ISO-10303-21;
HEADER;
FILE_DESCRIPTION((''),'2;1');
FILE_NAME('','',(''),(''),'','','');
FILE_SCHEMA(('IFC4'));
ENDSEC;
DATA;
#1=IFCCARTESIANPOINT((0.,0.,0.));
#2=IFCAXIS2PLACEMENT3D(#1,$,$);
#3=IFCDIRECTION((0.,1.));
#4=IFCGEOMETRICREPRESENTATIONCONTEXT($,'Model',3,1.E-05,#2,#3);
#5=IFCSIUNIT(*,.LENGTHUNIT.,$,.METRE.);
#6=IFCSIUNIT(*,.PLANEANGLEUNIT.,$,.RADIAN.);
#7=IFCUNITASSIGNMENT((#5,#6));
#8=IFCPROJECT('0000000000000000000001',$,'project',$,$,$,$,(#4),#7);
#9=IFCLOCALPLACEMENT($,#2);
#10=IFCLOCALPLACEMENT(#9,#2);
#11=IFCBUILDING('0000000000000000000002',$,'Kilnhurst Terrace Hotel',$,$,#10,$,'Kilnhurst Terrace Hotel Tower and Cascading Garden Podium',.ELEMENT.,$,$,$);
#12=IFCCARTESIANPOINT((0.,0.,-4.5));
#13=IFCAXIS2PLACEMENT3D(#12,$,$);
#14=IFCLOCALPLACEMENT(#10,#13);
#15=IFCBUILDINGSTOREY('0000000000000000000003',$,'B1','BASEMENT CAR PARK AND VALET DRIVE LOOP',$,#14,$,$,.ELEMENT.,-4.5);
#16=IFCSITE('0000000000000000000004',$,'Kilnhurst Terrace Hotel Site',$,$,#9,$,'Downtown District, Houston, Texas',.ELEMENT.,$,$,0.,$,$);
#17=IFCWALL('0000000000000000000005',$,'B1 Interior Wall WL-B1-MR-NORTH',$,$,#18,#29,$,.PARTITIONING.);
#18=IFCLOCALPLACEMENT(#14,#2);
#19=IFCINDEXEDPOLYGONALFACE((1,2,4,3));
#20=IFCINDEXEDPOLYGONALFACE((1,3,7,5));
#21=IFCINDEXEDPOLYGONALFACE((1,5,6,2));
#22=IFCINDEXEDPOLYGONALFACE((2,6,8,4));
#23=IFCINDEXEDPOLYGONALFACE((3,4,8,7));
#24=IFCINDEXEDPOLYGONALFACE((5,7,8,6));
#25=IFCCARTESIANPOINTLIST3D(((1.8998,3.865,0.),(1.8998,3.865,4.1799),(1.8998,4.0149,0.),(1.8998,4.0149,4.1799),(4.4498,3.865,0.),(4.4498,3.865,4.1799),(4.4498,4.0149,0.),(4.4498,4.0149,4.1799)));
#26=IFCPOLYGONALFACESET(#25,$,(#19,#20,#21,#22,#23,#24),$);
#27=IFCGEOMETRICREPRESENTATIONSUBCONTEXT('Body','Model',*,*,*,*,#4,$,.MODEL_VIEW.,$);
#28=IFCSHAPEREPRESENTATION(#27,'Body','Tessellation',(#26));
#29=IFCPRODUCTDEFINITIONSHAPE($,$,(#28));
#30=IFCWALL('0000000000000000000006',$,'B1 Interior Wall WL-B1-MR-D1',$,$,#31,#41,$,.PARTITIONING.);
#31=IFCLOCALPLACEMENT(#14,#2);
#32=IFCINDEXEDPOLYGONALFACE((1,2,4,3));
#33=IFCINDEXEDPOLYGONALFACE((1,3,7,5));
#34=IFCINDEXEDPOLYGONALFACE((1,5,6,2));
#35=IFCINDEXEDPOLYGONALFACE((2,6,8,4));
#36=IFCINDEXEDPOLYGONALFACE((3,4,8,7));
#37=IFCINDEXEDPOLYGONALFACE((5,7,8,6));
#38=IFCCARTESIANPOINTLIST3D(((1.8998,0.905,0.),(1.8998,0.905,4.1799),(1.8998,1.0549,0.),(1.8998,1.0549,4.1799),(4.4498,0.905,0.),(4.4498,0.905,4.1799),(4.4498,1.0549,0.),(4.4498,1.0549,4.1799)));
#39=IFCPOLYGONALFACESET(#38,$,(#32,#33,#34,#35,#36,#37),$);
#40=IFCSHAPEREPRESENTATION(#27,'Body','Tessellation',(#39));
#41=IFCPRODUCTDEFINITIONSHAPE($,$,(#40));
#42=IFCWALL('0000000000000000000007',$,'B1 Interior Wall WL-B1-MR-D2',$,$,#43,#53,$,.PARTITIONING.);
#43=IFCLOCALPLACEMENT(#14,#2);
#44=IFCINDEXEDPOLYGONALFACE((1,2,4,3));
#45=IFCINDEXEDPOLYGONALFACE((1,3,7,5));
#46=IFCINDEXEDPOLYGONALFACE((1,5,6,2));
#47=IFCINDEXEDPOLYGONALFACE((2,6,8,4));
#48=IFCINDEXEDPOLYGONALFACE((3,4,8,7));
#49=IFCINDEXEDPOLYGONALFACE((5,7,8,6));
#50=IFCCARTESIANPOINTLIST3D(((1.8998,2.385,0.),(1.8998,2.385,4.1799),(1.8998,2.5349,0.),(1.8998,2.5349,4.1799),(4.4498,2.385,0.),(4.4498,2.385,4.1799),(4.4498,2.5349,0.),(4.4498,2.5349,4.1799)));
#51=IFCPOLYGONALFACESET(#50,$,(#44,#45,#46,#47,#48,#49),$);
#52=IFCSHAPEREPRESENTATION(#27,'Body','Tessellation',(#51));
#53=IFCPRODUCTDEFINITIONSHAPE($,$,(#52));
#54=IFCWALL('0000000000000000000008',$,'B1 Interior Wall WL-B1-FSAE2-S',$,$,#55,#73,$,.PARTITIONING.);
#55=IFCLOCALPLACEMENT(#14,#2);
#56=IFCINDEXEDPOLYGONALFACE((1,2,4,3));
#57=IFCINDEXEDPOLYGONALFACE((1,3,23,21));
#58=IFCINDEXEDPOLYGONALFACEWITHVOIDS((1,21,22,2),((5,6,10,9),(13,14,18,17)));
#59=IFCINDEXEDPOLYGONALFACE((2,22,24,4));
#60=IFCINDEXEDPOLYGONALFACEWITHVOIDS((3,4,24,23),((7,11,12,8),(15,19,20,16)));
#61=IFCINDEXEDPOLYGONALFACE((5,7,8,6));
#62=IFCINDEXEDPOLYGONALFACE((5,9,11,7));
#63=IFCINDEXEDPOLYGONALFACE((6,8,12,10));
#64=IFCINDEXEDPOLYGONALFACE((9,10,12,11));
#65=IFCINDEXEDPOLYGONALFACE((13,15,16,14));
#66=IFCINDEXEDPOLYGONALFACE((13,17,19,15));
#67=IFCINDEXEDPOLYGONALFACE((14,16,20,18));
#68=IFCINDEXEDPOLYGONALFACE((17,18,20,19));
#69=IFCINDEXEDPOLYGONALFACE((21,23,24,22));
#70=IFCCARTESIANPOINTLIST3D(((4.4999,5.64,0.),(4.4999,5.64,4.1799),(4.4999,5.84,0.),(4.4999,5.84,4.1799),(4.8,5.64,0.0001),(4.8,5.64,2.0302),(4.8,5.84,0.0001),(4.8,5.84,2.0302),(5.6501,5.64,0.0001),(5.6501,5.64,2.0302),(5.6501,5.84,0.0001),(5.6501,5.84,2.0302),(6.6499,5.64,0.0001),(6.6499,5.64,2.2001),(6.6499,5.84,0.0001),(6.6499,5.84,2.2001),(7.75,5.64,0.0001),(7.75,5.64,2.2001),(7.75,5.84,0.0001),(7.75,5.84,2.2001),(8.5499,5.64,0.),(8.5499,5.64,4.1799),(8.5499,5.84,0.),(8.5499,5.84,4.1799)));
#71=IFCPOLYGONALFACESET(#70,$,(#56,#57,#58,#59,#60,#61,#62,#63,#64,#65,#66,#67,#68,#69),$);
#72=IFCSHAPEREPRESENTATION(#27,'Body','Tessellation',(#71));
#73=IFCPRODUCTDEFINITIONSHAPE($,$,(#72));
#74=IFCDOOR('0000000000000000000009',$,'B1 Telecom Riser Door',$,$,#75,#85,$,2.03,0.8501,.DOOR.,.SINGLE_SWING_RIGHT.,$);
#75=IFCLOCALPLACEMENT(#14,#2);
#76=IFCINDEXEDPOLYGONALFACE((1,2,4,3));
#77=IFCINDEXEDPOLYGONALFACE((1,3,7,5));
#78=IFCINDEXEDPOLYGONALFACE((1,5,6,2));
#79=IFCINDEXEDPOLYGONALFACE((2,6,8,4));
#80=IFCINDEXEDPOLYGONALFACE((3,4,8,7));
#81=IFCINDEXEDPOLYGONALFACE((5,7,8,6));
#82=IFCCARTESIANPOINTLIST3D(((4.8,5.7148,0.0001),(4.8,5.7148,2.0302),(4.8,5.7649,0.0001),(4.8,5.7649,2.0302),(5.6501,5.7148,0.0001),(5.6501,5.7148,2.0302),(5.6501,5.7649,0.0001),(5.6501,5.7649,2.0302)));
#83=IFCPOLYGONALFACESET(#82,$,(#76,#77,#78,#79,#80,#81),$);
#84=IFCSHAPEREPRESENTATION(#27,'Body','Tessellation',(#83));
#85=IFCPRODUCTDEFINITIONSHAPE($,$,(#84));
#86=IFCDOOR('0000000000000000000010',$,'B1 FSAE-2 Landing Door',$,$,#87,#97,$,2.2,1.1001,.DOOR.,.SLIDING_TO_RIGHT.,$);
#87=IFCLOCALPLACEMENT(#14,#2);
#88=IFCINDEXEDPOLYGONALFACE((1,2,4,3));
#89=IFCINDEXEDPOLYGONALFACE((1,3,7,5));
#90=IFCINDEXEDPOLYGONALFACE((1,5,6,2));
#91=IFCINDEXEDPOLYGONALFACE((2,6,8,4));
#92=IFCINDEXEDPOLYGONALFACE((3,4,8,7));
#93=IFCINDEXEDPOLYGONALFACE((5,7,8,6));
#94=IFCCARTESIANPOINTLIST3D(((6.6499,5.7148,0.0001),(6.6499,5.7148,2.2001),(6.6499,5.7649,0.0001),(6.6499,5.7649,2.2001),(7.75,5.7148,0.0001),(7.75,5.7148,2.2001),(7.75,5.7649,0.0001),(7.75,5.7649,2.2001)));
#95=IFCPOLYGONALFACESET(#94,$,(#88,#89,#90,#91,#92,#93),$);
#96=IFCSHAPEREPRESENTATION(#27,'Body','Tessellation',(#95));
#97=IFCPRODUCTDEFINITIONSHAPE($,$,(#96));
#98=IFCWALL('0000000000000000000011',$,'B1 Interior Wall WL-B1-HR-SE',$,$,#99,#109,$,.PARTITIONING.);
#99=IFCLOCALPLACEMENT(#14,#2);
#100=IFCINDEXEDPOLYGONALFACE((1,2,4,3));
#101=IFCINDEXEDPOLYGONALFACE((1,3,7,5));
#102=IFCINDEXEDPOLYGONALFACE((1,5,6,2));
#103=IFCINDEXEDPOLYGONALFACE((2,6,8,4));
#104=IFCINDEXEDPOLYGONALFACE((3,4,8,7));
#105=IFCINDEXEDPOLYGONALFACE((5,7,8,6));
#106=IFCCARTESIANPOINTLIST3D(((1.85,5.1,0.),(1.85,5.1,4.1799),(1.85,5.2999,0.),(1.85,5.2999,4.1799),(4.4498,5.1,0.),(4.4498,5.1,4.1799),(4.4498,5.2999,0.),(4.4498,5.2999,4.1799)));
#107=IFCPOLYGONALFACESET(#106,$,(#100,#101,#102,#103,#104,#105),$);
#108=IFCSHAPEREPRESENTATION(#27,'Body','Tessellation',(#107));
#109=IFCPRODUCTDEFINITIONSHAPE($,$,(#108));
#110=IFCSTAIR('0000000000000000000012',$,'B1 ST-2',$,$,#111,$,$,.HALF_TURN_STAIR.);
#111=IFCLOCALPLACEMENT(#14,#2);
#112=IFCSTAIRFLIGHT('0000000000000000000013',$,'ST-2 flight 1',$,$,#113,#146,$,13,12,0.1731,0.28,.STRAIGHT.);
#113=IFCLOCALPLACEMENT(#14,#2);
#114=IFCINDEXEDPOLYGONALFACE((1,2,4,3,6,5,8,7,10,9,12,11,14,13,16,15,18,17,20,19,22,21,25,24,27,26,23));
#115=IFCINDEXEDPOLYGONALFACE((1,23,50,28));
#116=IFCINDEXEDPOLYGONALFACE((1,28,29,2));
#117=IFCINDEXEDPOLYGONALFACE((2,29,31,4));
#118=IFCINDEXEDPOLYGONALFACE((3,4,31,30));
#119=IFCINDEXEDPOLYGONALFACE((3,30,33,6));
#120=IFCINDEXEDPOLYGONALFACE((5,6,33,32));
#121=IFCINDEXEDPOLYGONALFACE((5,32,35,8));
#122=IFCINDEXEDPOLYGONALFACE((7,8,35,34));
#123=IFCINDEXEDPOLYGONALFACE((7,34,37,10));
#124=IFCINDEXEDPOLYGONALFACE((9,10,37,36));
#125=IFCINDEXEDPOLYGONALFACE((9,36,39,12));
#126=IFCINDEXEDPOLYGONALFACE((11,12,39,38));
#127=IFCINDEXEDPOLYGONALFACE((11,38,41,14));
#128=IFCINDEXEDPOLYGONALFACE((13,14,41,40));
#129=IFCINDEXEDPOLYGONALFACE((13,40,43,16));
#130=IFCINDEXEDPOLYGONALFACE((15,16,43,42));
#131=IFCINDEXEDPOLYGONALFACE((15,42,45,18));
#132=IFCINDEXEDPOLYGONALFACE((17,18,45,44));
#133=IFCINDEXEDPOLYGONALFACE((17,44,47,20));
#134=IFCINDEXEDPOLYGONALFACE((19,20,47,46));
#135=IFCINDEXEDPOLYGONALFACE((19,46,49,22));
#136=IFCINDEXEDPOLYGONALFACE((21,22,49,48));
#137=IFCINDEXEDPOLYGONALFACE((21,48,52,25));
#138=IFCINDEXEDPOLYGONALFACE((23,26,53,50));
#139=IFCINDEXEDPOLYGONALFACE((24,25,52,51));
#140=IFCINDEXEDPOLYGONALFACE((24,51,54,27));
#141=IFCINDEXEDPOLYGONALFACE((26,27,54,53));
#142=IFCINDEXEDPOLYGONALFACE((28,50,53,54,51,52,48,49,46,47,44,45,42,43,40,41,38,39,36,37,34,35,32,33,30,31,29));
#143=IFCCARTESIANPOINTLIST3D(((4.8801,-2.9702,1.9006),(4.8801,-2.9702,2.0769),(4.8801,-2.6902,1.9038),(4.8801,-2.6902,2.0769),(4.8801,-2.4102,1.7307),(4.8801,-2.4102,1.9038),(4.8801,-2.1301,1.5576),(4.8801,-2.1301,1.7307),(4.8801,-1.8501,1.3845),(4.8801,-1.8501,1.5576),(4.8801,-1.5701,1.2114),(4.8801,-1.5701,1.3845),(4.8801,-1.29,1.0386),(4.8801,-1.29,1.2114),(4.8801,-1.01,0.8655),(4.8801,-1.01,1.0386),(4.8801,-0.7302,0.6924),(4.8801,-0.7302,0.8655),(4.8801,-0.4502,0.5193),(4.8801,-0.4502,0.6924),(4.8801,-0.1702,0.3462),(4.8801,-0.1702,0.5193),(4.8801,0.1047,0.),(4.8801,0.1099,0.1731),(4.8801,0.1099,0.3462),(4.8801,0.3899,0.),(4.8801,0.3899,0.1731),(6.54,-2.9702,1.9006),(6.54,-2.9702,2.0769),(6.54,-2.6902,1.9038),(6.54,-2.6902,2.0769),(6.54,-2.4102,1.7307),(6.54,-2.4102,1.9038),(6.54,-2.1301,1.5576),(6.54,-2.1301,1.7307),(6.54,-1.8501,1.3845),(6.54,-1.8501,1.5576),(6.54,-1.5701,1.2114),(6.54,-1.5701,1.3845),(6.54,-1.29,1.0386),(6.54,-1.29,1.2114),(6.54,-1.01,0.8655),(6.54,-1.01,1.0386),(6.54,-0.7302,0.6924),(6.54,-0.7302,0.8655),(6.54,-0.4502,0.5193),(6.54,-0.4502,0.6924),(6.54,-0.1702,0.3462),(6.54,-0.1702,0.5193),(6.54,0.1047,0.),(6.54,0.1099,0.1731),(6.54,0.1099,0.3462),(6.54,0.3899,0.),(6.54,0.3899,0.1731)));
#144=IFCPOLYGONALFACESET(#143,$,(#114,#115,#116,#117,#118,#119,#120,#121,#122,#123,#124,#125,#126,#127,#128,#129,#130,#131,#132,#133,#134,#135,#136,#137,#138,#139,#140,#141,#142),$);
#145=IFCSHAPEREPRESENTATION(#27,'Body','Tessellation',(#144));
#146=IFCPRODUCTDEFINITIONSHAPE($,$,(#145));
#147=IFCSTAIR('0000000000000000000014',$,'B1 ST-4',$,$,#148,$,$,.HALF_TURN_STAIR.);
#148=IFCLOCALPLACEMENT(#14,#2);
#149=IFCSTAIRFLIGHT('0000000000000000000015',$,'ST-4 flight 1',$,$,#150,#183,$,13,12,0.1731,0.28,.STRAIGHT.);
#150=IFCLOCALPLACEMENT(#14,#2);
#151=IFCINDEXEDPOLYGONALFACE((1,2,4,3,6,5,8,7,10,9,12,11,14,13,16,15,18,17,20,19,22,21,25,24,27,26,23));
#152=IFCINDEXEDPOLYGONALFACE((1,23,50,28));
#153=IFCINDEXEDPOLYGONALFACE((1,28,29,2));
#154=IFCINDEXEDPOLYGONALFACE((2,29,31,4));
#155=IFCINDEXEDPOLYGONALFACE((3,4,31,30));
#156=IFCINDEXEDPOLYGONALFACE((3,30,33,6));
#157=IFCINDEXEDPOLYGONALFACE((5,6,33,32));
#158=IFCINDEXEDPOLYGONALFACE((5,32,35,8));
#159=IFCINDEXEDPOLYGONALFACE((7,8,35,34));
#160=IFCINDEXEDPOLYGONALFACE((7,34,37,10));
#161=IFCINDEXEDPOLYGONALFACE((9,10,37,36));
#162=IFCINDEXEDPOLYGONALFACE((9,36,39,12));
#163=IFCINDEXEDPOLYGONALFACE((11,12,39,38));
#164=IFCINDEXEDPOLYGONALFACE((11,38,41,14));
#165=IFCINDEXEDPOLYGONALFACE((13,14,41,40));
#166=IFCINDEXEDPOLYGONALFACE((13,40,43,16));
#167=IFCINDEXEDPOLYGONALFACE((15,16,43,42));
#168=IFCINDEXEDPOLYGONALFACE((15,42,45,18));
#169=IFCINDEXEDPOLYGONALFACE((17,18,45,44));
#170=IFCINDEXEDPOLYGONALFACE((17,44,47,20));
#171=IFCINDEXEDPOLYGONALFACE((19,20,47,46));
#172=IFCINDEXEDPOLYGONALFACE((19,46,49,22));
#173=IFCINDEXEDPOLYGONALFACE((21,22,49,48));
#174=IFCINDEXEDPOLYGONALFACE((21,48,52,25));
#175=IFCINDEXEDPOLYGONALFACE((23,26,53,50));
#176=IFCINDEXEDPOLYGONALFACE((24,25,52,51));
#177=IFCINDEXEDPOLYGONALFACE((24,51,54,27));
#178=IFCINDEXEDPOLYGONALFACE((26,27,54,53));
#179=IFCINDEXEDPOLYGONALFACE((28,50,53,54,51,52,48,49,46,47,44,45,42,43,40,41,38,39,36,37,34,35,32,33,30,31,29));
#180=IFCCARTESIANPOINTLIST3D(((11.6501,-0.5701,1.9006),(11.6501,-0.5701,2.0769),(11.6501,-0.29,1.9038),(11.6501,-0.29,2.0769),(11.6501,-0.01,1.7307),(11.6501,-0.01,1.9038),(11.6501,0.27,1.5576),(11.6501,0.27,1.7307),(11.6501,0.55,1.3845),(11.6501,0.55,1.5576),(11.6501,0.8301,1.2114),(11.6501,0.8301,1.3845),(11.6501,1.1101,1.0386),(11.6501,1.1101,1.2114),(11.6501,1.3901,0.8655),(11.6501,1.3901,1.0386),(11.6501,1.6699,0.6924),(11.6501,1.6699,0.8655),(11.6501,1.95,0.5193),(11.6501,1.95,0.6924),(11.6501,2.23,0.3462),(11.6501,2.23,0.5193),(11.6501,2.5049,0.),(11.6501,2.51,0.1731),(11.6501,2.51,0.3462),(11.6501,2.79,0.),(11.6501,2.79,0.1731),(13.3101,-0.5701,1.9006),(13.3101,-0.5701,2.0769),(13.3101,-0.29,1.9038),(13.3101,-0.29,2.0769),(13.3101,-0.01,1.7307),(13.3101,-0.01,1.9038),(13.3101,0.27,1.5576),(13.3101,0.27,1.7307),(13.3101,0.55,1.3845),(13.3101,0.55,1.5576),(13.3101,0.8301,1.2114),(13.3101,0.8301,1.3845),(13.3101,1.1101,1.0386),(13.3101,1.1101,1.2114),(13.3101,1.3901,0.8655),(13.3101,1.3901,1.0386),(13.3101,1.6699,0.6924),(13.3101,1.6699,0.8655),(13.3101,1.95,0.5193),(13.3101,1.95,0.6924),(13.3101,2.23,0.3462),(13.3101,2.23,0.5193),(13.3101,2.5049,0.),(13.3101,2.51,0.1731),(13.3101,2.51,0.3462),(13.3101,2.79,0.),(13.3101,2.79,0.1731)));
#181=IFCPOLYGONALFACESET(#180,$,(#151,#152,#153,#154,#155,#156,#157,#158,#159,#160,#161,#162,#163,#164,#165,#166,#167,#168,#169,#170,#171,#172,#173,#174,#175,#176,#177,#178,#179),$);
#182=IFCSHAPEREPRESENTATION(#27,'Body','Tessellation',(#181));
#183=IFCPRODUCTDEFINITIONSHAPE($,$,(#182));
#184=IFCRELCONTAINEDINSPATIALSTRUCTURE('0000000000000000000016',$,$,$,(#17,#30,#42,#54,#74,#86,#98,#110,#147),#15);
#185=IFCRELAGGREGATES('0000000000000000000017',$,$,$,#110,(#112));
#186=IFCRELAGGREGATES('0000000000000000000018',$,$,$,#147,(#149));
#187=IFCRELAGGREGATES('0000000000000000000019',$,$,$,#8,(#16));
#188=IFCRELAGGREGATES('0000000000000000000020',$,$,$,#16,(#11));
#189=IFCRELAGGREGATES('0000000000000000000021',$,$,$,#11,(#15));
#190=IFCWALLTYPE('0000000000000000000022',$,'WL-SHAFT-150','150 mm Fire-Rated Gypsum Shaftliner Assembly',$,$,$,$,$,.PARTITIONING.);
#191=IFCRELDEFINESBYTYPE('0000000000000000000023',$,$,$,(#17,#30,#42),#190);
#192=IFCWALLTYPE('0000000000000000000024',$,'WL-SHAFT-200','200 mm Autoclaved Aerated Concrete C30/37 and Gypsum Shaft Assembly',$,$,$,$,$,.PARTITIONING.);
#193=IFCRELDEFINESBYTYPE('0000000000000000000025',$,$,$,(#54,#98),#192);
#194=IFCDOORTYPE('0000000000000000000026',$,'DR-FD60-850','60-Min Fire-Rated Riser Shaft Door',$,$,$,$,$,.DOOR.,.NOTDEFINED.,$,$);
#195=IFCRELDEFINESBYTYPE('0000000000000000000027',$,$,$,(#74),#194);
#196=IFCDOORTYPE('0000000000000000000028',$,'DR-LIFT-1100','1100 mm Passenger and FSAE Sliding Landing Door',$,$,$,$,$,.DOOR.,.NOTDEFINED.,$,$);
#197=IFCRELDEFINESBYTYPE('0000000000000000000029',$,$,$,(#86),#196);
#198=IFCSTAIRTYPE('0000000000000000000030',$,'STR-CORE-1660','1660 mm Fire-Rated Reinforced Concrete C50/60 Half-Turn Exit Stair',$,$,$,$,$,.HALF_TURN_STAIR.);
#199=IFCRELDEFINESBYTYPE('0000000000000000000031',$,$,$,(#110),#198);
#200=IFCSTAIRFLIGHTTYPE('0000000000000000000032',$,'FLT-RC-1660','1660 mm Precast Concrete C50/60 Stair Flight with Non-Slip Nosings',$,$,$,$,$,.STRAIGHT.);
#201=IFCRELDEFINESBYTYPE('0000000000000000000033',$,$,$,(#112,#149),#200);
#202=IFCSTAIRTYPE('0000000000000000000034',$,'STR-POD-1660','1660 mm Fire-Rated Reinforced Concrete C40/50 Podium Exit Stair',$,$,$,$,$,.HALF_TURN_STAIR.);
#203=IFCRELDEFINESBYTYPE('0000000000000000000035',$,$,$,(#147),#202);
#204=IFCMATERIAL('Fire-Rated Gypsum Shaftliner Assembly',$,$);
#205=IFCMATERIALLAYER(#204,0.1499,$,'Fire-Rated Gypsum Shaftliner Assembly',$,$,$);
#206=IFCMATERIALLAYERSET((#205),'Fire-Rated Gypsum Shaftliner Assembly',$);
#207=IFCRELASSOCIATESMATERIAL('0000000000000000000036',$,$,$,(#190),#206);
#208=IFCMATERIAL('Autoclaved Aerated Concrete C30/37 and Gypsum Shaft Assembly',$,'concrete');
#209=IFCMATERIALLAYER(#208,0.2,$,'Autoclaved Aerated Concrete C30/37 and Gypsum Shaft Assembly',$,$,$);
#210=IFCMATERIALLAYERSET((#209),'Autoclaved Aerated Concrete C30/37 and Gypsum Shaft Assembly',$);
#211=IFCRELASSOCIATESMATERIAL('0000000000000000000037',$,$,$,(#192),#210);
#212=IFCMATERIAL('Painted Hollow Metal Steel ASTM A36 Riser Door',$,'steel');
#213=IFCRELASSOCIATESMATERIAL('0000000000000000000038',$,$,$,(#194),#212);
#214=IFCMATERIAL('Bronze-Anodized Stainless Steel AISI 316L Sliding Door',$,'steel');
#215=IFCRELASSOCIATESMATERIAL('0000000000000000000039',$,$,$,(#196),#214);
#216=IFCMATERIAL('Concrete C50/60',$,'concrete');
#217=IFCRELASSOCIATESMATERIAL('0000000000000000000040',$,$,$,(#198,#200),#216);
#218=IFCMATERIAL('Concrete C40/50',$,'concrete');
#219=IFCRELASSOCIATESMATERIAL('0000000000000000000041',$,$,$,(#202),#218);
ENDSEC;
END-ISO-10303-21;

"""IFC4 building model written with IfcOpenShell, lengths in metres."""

from ifc_helpers import new_model, si_unit, direction, frame, frame_2d, origin, place, context, subcontext, project, spatial, polyline, rectangle, outline, extrude, material, layer, layer_set, type_object, element, fill, aggregate, save


model = new_model("IFC4")

# Units and contexts
model_context = context("Model", 3, precision=1e-05, world=origin(), true_north=direction((0.0, 1.0)))
body_context = subcontext(model_context, "Body", "Model", "MODEL_VIEW")
ifc_project = project(units=[si_unit("LENGTHUNIT", "METRE"), si_unit("PLANEANGLEUNIT", "RADIAN")], contexts=[model_context])

# Site, building, storey
site_placement = place(None, origin())
site = spatial("IfcSite", under=ifc_project, at=site_placement, Name="Kilnhurst Terrace Hotel Site", LongName="Downtown District, Houston, Texas", CompositionType="ELEMENT", RefElevation=0.0)
building_placement = place(site_placement, origin())
building = spatial("IfcBuilding", under=site, at=building_placement, Name="Kilnhurst Terrace Hotel", LongName="Kilnhurst Terrace Hotel Tower and Cascading Garden Podium", CompositionType="ELEMENT")
storey_placement = place(building_placement, frame((0.0, 0.0, -4.5)))
storey = spatial("IfcBuildingStorey", under=building, at=storey_placement, Name="B1", Description="BASEMENT CAR PARK AND VALET DRIVE LOOP", CompositionType="ELEMENT", Elevation=-4.5)

# Shared definitions
ifc_material_1 = material(Name="Concrete C50/60", Category="concrete")

# Walls
ifc_material_2 = material(Name="Fire-Rated Gypsum Shaftliner Assembly")
ifc_layer_1 = layer(ifc_material_2, 0.1499, Name="Fire-Rated Gypsum Shaftliner Assembly")
ifc_layer_set_1 = layer_set([ifc_layer_1], Name="Fire-Rated Gypsum Shaftliner Assembly")
wall_type_1 = type_object("IfcWallType", Name="WL-SHAFT-150", Description="150 mm Fire-Rated Gypsum Shaftliner Assembly", PredefinedType="PARTITIONING", material=ifc_layer_set_1)
for number, where, z_axis, x_axis, name in (
    (1, (1.8999, 3.9399, 0.0), (0.0, 0.0, 1.0), (1.0, 0.0, 0.0), "B1 Interior Wall WL-B1-MR-NORTH"),
    (2, (1.8999, 0.98, 0.0), (0.0, 0.0, 1.0), (1.0, 0.0, 0.0), "B1 Interior Wall WL-B1-MR-D1"),
    (3, (1.8999, 2.46, 0.0), (0.0, 0.0, 1.0), (1.0, 0.0, 0.0), "B1 Interior Wall WL-B1-MR-D2"),
):
    element("IfcWall", number, at=place(storey_placement, frame(where, z_axis=z_axis, x_axis=x_axis)), inside=storey, type_object=wall_type_1, Name=name, PredefinedType="PARTITIONING", context=body_context, shape_type="SweptSolid", body=[
        extrude(rectangle(XDim=2.55, YDim=0.1499, at=frame_2d((1.2749, 0.0))), origin(), (0.0, 0.0, 1.0), 4.1799),
    ])

# Wall, openings, doors
ifc_material_3 = material(Name="Autoclaved Aerated Concrete C30/37 and Gypsum Shaft Assembly", Category="concrete")
ifc_layer_2 = layer(ifc_material_3, 0.2, Name="Autoclaved Aerated Concrete C30/37 and Gypsum Shaft Assembly")
ifc_layer_set_2 = layer_set([ifc_layer_2], Name="Autoclaved Aerated Concrete C30/37 and Gypsum Shaft Assembly")
wall_type_2 = type_object("IfcWallType", Name="WL-SHAFT-200", Description="200 mm Autoclaved Aerated Concrete C30/37 and Gypsum Shaft Assembly", PredefinedType="PARTITIONING", material=ifc_layer_set_2)
wall_1_placement = place(storey_placement, frame((4.5, 5.74, 0.0), z_axis=(0.0, 0.0, 1.0), x_axis=(1.0, 0.0, 0.0)))
wall_1 = element("IfcWall", 4, at=wall_1_placement, inside=storey, type_object=wall_type_2, Name="B1 Interior Wall WL-B1-FSAE2-S", PredefinedType="PARTITIONING", context=body_context, shape_type="SweptSolid", body=[
    extrude(rectangle(XDim=4.05, YDim=0.2, at=frame_2d((2.0249, 0.0))), origin(), (0.0, 0.0, 1.0), 4.1799),
])
opening_1_placement = place(wall_1_placement, frame((0.3, 0.0, 0.0)))
opening_1 = element("IfcOpeningElement", 5, at=opening_1_placement, cuts=wall_1, PredefinedType="OPENING", context=body_context, shape_type="SweptSolid", body=[
    extrude(rectangle(XDim=0.8501, YDim=2.03, at=frame_2d((0.425, 1.0151))), frame((0.0, 0.1099, 0.0), z_axis=(0.0, -1.0, 0.0), x_axis=(1.0, 0.0, 0.0)), (0.0, 0.0, 1.0), 0.22),
])
opening_2_placement = place(wall_1_placement, frame((2.1499, 0.0, 0.0)))
opening_2 = element("IfcOpeningElement", 6, at=opening_2_placement, cuts=wall_1, PredefinedType="OPENING", context=body_context, shape_type="SweptSolid", body=[
    extrude(rectangle(XDim=1.1001, YDim=2.2, at=frame_2d((0.55, 1.1001))), frame((0.0, 0.1099, 0.0), z_axis=(0.0, -1.0, 0.0), x_axis=(1.0, 0.0, 0.0)), (0.0, 0.0, 1.0), 0.22),
])
ifc_material_4 = material(Name="Painted Hollow Metal Steel ASTM A36 Riser Door", Category="steel")
door_type_1 = type_object("IfcDoorType", Name="DR-FD60-850", Description="60-Min Fire-Rated Riser Shaft Door", OperationType="NOTDEFINED", PredefinedType="DOOR", material=ifc_material_4)
door_1_placement = place(opening_1_placement, origin())
door_1 = element("IfcDoor", 7, at=door_1_placement, inside=storey, type_object=door_type_1, Name="B1 Telecom Riser Door", OperationType="SINGLE_SWING_RIGHT", OverallHeight=2.03, OverallWidth=0.8501, PredefinedType="DOOR", context=body_context, shape_type="SweptSolid", body=[
    extrude(rectangle(XDim=0.8501, YDim=2.03, at=frame_2d((0.425, 1.0151))), frame((0.0, 0.0249, 0.0), z_axis=(0.0, -1.0, 0.0), x_axis=(1.0, 0.0, 0.0)), (0.0, 0.0, 1.0), 0.05),
])
fill(opening_1, door_1)
ifc_material_5 = material(Name="Bronze-Anodized Stainless Steel AISI 316L Sliding Door", Category="steel")
door_type_2 = type_object("IfcDoorType", Name="DR-LIFT-1100", Description="1100 mm Passenger and FSAE Sliding Landing Door", OperationType="NOTDEFINED", PredefinedType="DOOR", material=ifc_material_5)
door_2_placement = place(opening_2_placement, origin())
door_2 = element("IfcDoor", 8, at=door_2_placement, inside=storey, type_object=door_type_2, Name="B1 FSAE-2 Landing Door", OperationType="SLIDING_TO_RIGHT", OverallHeight=2.2, OverallWidth=1.1001, PredefinedType="DOOR", context=body_context, shape_type="SweptSolid", body=[
    extrude(rectangle(XDim=1.1001, YDim=2.2, at=frame_2d((0.55, 1.1001))), frame((0.0, 0.0249, 0.0), z_axis=(0.0, -1.0, 0.0), x_axis=(1.0, 0.0, 0.0)), (0.0, 0.0, 1.0), 0.05),
])
fill(opening_2, door_2)

# Wall
wall_2_placement = place(storey_placement, frame((1.8501, 5.2, 0.0), z_axis=(0.0, 0.0, 1.0), x_axis=(1.0, 0.0, 0.0)))
element("IfcWall", 9, at=wall_2_placement, inside=storey, type_object=wall_type_2, Name="B1 Interior Wall WL-B1-HR-SE", PredefinedType="PARTITIONING", context=body_context, shape_type="SweptSolid", body=[
    extrude(rectangle(XDim=2.5999, YDim=0.2, at=frame_2d((1.2998, 0.0))), origin(), (0.0, 0.0, 1.0), 4.1799),
])

# Stairs, stair flights
stair_type_1 = type_object("IfcStairType", Name="STR-CORE-1660", Description="1660 mm Fire-Rated Reinforced Concrete C50/60 Half-Turn Exit Stair", PredefinedType="HALF_TURN_STAIR", material=ifc_material_1)
stair_1_placement = place(storey_placement, origin())
stair_1 = element("IfcStair", 10, at=stair_1_placement, inside=storey, type_object=stair_type_1, Name="B1 ST-2", PredefinedType="HALF_TURN_STAIR")
stair_flight_type = type_object("IfcStairFlightType", Name="FLT-RC-1660", Description="1660 mm Precast Concrete C50/60 Stair Flight with Non-Slip Nosings", PredefinedType="STRAIGHT", material=ifc_material_1)
stair_flight_1_placement = place(storey_placement, frame((5.71, 0.3899, 0.0), z_axis=(0.0, 0.0, 1.0), x_axis=(0.0, -1.0, 0.0)))
stair_flight_1 = element("IfcStairFlight", 11, at=stair_flight_1_placement, type_object=stair_flight_type, Name="ST-2 flight 1", NumberOfRisers=13, NumberOfTreads=12, PredefinedType="STRAIGHT", RiserHeight=0.1731, TreadLength=0.28, context=body_context, shape_type="SweptSolid", body=[
    extrude(outline(polyline([(0.0, 0.0), (0.0, 0.1731), (0.28, 0.1731), (0.28, 0.3462), (0.5601, 0.3462), (0.5601, 0.5193), (0.8401, 0.5193), (0.8401, 0.6924), (1.1201, 0.6924), (1.1201, 0.8655), (1.3999, 0.8655), (1.3999, 1.0386), (1.6799, 1.0386), (1.6799, 1.2114), (1.96, 1.2114), (1.96, 1.3845), (2.24, 1.3845), (2.24, 1.5576), (2.52, 1.5576), (2.52, 1.7307), (2.8, 1.7307), (2.8, 1.9038), (3.0801, 1.9038), (3.0801, 2.0769), (3.3601, 2.0769), (3.3601, 2.25), (3.3601, 1.9006), (0.2852, 0.0), (0.0, 0.0)])), frame((0.0, 0.8301, 0.0), z_axis=(0.0, -1.0, 0.0), x_axis=(1.0, 0.0, 0.0)), (0.0, 0.0, 1.0), 1.6599),
])
aggregate(stair_1, [stair_flight_1])
ifc_material_6 = material(Name="Concrete C40/50", Category="concrete")
stair_type_2 = type_object("IfcStairType", Name="STR-POD-1660", Description="1660 mm Fire-Rated Reinforced Concrete C40/50 Podium Exit Stair", PredefinedType="HALF_TURN_STAIR", material=ifc_material_6)
stair_2_placement = place(storey_placement, origin())
stair_2 = element("IfcStair", 12, at=stair_2_placement, inside=storey, type_object=stair_type_2, Name="B1 ST-4", PredefinedType="HALF_TURN_STAIR")
stair_flight_2_placement = place(storey_placement, frame((12.48, 2.79, 0.0), z_axis=(0.0, 0.0, 1.0), x_axis=(0.0, -1.0, 0.0)))
stair_flight_2 = element("IfcStairFlight", 13, at=stair_flight_2_placement, type_object=stair_flight_type, Name="ST-4 flight 1", NumberOfRisers=13, NumberOfTreads=12, PredefinedType="STRAIGHT", RiserHeight=0.1731, TreadLength=0.28, context=body_context, shape_type="SweptSolid", body=[
    extrude(outline(polyline([(0.0, 0.0), (0.0, 0.1731), (0.28, 0.1731), (0.28, 0.3462), (0.5601, 0.3462), (0.5601, 0.5193), (0.8401, 0.5193), (0.8401, 0.6924), (1.1201, 0.6924), (1.1201, 0.8655), (1.3999, 0.8655), (1.3999, 1.0386), (1.6799, 1.0386), (1.6799, 1.2114), (1.96, 1.2114), (1.96, 1.3845), (2.24, 1.3845), (2.24, 1.5576), (2.52, 1.5576), (2.52, 1.7307), (2.8, 1.7307), (2.8, 1.9038), (3.0801, 1.9038), (3.0801, 2.0769), (3.3601, 2.0769), (3.3601, 2.25), (3.3601, 1.9006), (0.2852, 0.0), (0.0, 0.0)])), frame((0.0, 0.8301, 0.0), z_axis=(0.0, -1.0, 0.0), x_axis=(1.0, 0.0, 0.0)), (0.0, 0.0, 1.0), 1.6599),
])
aggregate(stair_2, [stair_flight_2])

save(model, "model.ifc")
